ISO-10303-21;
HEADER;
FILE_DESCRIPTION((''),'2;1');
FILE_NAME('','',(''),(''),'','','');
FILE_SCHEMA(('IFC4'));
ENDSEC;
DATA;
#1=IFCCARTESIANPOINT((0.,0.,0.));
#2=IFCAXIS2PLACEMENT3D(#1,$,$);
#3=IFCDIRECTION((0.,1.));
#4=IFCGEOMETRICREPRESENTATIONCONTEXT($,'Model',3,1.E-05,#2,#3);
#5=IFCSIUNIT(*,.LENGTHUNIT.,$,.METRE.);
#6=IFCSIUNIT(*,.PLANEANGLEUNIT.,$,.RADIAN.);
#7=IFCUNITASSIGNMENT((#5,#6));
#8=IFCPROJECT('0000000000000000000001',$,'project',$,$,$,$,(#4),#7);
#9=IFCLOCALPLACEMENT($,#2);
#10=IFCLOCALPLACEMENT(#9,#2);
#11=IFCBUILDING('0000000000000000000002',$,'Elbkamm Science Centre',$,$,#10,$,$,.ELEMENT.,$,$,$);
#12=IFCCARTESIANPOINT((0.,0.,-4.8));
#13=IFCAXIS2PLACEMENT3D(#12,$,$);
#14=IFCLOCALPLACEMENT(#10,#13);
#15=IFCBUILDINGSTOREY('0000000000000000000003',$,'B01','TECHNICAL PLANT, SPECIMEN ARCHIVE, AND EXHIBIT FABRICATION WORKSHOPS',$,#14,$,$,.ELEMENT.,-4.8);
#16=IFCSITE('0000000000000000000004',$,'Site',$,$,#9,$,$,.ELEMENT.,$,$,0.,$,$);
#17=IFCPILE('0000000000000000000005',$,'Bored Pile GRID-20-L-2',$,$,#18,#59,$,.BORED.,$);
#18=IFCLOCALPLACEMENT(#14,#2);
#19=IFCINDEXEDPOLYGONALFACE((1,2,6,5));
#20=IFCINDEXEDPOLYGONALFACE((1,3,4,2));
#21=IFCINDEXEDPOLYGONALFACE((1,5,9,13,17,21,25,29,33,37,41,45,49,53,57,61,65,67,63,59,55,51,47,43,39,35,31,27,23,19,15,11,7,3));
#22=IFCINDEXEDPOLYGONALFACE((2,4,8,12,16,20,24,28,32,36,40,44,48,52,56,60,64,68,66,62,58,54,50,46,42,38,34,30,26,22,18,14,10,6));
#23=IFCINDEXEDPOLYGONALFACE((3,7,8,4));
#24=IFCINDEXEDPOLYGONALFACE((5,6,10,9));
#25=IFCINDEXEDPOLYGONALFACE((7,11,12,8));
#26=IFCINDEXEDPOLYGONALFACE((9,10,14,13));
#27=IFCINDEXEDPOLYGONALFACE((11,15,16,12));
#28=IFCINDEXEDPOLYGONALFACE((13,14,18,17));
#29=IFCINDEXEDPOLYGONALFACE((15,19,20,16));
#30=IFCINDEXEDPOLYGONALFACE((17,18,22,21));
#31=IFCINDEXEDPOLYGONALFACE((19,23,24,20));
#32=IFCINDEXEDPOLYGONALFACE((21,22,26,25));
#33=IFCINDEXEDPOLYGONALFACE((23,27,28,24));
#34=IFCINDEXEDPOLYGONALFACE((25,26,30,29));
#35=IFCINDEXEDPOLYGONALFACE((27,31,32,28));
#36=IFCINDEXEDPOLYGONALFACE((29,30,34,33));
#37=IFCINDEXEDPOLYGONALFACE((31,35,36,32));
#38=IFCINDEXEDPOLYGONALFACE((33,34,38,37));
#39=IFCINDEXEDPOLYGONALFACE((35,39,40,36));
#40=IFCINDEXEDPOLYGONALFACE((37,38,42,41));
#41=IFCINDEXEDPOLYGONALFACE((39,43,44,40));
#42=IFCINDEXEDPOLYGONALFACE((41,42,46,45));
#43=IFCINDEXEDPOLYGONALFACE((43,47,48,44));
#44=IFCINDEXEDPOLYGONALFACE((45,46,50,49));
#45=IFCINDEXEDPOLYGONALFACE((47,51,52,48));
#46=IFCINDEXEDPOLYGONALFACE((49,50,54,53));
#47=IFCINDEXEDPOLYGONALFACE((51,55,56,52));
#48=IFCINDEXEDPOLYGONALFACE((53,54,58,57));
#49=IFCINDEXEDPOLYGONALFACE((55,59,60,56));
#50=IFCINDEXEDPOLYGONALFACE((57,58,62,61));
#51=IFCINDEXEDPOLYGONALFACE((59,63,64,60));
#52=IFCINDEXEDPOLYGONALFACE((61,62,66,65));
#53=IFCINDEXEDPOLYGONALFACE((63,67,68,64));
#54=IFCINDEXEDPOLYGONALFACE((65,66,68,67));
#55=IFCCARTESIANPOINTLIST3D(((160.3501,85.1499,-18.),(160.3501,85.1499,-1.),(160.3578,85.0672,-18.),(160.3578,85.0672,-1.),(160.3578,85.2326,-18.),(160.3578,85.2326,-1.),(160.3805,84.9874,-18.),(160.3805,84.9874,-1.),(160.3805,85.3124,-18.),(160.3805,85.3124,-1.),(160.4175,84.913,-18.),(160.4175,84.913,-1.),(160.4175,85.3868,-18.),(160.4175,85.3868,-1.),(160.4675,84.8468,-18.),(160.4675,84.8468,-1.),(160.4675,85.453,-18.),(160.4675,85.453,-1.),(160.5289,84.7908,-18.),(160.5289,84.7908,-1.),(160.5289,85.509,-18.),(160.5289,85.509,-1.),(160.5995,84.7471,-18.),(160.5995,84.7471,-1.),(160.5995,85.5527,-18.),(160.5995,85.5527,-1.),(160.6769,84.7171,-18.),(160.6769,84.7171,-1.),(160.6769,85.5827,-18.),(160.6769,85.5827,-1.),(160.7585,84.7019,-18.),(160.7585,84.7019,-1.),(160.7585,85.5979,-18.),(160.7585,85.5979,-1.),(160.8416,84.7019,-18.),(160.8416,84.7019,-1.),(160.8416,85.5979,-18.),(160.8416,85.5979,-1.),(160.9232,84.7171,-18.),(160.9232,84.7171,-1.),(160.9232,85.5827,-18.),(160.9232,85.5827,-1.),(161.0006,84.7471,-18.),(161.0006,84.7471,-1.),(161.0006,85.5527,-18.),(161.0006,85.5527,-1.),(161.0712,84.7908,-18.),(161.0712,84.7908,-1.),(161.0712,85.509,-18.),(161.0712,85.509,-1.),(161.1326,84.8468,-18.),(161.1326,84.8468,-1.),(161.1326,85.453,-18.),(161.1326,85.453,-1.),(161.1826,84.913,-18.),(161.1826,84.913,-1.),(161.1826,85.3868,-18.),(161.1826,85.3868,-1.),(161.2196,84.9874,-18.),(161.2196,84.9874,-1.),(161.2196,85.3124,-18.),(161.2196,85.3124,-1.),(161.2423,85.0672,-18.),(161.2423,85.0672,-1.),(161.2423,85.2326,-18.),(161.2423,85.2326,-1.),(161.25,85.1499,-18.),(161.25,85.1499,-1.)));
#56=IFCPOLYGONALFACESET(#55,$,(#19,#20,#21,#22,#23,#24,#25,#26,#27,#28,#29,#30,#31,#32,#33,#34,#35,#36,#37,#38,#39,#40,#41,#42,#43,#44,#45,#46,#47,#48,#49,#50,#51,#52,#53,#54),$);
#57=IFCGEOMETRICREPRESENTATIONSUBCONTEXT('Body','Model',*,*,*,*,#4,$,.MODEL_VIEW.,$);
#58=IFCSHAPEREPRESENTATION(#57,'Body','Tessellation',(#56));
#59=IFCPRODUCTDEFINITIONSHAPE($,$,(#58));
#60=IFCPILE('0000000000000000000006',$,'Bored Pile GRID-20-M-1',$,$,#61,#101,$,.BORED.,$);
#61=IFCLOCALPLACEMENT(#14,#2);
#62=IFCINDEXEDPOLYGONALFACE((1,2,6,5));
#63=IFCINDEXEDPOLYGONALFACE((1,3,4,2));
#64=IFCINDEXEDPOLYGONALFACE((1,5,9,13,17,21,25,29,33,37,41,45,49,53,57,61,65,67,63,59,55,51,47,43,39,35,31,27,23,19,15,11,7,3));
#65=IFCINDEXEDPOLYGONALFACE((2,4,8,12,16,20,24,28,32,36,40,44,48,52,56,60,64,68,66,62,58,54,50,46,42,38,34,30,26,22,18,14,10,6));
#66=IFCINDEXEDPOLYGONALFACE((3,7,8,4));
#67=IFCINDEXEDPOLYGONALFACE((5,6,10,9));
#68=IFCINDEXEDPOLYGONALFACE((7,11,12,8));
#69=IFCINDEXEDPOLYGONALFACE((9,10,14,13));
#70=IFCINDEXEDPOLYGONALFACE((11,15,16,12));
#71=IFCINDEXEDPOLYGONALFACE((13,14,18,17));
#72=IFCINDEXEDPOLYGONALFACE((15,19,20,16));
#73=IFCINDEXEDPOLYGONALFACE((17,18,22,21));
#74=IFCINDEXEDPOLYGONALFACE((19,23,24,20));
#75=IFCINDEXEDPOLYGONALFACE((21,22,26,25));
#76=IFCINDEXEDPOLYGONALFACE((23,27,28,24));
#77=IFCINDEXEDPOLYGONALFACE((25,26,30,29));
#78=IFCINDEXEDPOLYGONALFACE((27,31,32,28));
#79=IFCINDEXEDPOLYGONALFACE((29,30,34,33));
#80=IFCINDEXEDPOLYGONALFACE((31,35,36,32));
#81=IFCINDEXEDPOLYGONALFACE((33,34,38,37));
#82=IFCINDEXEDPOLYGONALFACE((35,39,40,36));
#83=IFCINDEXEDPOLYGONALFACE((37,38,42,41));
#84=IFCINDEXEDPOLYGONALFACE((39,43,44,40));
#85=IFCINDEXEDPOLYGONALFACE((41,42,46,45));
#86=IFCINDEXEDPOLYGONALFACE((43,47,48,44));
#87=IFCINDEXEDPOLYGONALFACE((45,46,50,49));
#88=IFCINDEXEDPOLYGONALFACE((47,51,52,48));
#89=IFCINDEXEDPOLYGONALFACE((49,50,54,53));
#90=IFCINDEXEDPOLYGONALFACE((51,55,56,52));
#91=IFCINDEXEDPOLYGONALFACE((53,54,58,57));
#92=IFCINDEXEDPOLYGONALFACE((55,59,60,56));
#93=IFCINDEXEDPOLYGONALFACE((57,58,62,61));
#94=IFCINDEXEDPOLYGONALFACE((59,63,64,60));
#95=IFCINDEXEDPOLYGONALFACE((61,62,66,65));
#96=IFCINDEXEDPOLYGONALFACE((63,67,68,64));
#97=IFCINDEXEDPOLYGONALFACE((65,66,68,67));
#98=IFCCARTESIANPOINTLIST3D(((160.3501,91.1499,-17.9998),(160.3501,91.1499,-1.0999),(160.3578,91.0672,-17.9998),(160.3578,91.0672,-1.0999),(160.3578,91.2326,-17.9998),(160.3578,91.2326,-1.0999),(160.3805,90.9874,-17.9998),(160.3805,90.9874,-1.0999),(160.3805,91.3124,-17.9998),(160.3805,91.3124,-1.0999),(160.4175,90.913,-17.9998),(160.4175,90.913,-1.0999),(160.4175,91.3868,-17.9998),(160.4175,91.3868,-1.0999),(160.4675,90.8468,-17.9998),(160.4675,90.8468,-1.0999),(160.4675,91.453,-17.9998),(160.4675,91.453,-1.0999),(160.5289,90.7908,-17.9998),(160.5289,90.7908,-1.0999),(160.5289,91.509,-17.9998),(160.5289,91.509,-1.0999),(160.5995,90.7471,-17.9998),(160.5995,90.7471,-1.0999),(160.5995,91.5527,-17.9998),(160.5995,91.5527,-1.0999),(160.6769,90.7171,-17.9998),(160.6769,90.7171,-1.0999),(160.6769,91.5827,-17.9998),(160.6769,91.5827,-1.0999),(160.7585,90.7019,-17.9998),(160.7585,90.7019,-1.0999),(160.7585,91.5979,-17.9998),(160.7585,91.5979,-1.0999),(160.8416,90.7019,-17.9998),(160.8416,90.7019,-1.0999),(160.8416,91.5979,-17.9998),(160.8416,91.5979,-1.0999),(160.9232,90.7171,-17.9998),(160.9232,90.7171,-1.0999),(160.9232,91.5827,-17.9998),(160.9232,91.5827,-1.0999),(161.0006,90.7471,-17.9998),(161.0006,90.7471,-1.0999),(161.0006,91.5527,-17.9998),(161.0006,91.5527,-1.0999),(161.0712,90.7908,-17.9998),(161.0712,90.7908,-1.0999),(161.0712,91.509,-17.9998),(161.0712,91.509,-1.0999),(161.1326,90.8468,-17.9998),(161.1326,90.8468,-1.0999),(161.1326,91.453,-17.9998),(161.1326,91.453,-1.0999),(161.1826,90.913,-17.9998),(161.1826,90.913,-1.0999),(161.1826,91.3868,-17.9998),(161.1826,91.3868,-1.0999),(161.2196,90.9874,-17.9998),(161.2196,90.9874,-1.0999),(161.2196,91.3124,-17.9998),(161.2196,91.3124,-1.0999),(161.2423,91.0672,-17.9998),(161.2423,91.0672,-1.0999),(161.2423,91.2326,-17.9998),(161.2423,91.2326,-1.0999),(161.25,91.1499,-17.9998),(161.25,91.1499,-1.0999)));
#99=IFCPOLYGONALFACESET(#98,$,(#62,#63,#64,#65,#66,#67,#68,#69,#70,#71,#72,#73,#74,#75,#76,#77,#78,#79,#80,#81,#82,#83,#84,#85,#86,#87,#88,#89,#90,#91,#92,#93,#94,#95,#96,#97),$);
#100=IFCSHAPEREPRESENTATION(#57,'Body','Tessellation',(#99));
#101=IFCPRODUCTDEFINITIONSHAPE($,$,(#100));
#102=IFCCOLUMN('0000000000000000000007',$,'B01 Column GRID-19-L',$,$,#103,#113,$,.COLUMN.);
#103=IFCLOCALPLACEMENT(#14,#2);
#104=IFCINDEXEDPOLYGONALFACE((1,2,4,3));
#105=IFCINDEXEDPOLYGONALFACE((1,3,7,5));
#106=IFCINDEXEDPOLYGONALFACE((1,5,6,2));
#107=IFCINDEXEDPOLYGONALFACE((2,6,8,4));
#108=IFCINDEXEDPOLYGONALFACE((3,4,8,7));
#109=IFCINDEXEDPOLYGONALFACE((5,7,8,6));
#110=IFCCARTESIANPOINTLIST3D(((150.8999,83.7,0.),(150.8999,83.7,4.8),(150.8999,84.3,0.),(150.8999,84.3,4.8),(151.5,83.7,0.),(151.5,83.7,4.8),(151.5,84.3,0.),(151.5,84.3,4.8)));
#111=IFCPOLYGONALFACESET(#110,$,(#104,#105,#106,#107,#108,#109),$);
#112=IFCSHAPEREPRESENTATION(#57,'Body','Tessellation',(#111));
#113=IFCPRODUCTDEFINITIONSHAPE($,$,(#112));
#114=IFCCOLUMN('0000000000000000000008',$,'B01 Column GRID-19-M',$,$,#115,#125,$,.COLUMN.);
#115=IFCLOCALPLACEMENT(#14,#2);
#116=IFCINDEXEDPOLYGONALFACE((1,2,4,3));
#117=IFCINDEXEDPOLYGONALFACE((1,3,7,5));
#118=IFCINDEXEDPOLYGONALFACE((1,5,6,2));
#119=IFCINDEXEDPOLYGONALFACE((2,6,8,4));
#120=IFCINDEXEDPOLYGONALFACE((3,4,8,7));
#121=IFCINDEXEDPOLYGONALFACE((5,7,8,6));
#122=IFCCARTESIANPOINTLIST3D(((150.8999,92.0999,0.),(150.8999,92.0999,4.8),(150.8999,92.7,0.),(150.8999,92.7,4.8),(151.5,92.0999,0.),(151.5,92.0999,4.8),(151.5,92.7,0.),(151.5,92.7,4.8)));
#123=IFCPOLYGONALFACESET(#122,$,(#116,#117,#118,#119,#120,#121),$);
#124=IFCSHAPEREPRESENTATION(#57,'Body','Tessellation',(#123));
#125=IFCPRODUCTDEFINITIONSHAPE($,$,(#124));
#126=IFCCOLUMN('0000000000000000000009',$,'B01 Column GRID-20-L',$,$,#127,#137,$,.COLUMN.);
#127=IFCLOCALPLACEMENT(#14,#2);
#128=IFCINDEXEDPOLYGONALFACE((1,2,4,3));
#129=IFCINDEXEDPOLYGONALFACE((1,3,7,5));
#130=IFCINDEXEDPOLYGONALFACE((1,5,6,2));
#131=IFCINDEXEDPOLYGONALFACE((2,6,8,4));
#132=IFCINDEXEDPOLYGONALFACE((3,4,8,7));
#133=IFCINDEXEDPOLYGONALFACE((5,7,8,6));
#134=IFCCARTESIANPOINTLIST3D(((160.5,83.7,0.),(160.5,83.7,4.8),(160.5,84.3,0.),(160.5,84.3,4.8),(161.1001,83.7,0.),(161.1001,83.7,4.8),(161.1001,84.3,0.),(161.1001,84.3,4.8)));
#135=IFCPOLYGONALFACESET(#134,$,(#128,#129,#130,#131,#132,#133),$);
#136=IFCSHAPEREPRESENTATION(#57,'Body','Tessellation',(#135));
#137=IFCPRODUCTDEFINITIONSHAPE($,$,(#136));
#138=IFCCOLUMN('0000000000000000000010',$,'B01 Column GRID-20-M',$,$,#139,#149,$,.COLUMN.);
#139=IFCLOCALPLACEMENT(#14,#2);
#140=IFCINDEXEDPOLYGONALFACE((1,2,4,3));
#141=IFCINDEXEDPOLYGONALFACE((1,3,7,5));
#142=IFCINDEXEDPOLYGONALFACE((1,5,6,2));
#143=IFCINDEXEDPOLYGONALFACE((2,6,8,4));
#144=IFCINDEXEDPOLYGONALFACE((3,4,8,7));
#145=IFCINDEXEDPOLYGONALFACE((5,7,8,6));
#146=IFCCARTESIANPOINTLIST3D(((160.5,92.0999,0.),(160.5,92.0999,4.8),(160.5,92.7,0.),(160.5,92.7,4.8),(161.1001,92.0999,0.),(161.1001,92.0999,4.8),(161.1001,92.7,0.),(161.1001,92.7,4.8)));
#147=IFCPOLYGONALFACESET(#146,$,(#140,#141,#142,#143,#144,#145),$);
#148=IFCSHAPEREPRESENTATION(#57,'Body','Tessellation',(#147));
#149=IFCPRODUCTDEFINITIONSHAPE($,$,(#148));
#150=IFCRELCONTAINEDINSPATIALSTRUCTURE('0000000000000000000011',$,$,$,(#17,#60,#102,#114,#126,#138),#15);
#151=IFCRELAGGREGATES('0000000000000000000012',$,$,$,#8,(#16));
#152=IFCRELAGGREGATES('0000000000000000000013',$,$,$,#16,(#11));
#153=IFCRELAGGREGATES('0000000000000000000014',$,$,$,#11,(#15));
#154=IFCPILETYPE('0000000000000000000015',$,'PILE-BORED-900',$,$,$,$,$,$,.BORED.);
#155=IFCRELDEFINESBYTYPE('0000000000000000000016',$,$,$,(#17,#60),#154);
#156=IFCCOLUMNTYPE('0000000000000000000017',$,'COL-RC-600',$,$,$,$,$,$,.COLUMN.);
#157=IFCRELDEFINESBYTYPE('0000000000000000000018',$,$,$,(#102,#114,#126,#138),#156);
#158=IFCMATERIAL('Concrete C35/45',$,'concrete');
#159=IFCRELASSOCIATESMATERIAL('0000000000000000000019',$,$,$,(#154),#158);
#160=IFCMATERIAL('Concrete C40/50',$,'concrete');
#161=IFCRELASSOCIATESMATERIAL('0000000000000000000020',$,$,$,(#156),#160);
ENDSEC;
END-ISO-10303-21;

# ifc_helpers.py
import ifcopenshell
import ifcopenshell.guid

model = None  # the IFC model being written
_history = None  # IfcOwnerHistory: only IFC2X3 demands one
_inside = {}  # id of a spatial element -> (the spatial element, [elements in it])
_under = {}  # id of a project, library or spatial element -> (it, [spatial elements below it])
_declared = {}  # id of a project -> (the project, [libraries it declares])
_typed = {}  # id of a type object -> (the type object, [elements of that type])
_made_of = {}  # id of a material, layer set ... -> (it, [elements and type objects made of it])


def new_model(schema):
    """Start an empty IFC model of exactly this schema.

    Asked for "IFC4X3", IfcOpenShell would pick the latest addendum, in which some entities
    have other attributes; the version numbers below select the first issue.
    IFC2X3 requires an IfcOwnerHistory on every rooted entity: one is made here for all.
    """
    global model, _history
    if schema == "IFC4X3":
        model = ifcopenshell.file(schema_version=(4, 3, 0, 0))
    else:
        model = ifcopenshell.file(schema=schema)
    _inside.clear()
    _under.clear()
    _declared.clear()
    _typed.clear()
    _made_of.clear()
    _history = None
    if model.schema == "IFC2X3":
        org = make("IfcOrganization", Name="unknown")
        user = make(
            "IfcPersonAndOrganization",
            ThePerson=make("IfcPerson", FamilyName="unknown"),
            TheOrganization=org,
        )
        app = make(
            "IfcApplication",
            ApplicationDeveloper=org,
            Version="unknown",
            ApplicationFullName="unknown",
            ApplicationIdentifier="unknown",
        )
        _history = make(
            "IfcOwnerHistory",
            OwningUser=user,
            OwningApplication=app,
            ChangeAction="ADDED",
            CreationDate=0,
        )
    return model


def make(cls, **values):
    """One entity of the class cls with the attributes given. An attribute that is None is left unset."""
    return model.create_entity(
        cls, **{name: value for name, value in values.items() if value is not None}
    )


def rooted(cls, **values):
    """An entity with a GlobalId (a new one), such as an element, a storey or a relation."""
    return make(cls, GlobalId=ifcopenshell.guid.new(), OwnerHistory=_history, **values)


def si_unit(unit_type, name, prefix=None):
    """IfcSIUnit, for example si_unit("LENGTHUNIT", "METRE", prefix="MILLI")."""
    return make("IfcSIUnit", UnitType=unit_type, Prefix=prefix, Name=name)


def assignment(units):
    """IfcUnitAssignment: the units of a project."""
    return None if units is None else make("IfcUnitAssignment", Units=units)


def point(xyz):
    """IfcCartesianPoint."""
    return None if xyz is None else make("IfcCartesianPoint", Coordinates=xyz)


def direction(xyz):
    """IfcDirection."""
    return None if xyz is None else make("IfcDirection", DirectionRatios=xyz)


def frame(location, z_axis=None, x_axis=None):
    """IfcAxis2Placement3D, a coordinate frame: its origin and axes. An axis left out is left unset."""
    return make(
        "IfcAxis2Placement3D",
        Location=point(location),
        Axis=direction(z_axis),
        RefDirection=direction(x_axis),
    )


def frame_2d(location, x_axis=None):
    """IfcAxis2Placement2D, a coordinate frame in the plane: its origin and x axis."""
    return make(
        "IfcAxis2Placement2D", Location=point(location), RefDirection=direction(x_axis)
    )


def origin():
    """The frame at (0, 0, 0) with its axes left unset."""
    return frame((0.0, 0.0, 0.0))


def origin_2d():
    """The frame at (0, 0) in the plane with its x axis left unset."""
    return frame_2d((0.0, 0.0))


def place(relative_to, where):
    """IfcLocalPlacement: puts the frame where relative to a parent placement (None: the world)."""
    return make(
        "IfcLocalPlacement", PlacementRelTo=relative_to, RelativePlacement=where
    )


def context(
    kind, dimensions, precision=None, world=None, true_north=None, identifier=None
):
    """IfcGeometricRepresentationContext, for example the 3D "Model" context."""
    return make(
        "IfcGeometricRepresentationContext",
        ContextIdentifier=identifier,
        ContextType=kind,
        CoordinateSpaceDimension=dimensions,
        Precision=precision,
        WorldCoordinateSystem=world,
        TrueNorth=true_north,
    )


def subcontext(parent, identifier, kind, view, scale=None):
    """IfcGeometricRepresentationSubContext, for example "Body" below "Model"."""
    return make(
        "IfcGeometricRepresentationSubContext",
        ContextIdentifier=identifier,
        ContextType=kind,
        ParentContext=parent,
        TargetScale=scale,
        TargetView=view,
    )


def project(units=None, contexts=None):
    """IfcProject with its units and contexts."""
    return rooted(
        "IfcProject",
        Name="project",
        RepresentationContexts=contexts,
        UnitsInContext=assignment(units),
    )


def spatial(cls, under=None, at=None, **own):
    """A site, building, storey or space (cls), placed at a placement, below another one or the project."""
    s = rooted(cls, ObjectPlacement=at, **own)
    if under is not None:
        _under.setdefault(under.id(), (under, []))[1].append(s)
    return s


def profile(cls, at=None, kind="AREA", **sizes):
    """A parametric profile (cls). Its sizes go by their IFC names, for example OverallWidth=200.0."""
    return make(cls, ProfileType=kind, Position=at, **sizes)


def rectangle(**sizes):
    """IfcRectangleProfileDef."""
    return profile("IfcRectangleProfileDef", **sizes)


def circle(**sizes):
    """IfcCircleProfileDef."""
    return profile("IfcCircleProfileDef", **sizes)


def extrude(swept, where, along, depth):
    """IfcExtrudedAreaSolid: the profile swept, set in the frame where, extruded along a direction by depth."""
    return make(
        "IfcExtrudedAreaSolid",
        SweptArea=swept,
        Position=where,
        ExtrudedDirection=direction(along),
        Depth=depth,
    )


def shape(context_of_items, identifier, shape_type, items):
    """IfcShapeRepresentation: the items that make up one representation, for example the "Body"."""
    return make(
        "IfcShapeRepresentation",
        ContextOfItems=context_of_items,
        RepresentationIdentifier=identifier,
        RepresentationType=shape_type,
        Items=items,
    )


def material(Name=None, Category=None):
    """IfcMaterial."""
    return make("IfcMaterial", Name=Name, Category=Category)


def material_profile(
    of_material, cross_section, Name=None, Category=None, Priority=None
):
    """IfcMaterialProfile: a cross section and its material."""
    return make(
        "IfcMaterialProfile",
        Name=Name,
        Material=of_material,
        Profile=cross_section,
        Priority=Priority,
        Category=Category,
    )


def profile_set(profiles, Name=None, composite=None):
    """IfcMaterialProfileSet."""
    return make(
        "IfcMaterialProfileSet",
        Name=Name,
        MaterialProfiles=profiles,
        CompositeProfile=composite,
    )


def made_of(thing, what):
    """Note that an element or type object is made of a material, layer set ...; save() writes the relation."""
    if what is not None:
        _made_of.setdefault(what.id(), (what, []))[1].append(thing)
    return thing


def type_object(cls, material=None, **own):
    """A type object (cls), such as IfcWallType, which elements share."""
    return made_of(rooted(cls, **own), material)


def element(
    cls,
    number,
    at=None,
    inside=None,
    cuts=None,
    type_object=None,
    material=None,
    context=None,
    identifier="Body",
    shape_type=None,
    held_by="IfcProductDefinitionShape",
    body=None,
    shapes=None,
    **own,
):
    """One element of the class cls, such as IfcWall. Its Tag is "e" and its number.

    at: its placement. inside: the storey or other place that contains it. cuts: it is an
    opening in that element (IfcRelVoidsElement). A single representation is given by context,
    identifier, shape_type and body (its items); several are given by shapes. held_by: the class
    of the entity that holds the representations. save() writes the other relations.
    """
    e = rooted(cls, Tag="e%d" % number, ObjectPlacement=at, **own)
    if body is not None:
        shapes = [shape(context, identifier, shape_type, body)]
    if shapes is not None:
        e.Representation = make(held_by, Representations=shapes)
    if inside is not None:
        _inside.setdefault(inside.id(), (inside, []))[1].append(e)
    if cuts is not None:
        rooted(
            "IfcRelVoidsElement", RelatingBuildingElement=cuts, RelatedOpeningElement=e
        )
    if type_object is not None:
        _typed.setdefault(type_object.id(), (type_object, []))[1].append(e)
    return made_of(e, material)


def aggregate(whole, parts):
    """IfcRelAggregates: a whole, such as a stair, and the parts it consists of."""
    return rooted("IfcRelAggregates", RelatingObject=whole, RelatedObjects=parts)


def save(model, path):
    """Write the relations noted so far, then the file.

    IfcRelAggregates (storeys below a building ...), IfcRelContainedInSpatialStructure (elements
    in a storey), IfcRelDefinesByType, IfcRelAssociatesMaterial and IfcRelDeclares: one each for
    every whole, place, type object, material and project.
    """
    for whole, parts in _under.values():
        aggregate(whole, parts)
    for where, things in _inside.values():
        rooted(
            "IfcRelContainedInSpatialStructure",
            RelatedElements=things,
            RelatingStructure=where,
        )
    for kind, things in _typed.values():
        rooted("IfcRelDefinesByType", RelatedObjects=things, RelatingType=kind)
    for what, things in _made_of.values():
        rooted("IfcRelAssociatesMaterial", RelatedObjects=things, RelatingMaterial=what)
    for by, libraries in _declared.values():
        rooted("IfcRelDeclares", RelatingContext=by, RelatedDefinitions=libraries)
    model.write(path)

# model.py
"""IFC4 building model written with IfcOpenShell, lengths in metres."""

from ifc_helpers import new_model, si_unit, direction, frame, origin, origin_2d, place, context, subcontext, project, spatial, rectangle, circle, extrude, material, material_profile, profile_set, type_object, element, save


model = new_model("IFC4")

# Units and contexts
model_context = context("Model", 3, precision=1e-05, world=origin(), true_north=direction((0.0, 1.0)))
body_context = subcontext(model_context, "Body", "Model", "MODEL_VIEW")
ifc_project = project(units=[si_unit("LENGTHUNIT", "METRE"), si_unit("PLANEANGLEUNIT", "RADIAN")], contexts=[model_context])

# Site, building, storey
site_placement = place(None, origin())
site = spatial("IfcSite", under=ifc_project, at=site_placement, Name="Site", CompositionType="ELEMENT", RefElevation=0.0)
building_placement = place(site_placement, origin())
building = spatial("IfcBuilding", under=site, at=building_placement, Name="Elbkamm Science Centre", CompositionType="ELEMENT")
storey_placement = place(building_placement, frame((0.0, 0.0, -4.8)))
storey = spatial("IfcBuildingStorey", under=building, at=storey_placement, Name="B01", Description="TECHNICAL PLANT, SPECIMEN ARCHIVE, AND EXHIBIT FABRICATION WORKSHOPS", CompositionType="ELEMENT", Elevation=-4.8)

# Shared definitions
ifc_material_1 = material(Name="Concrete C35/45", Category="concrete")

# Piles
ifc_material_profile_1 = material_profile(ifc_material_1, circle(Radius=0.45, at=origin_2d()), Name="PILE D900")
ifc_profile_set_1 = profile_set([ifc_material_profile_1], Name="Concrete C35/45")
pile_type = type_object("IfcPileType", Name="PILE-BORED-900", PredefinedType="BORED", material=ifc_profile_set_1)
for number, where, z_axis, x_axis, name in (
    (1, (160.8, 85.1499, -1.0), (0.0, 0.0, -1.0), (1.0, 0.0, 0.0), "Bored Pile GRID-20-L-2"),
):
    element("IfcPile", number, at=place(storey_placement, frame(where, z_axis=z_axis, x_axis=x_axis)), inside=storey, type_object=pile_type, Name=name, PredefinedType="BORED", context=body_context, shape_type="SweptSolid", body=[
        extrude(circle(Radius=0.45, at=origin_2d()), origin(), (0.0, 0.0, 1.0), 17.0),
    ])
pile_placement = place(storey_placement, frame((160.8, 91.1499, -1.0999), z_axis=(0.0, 0.0, -1.0), x_axis=(1.0, 0.0, 0.0)))
element("IfcPile", 2, at=pile_placement, inside=storey, type_object=pile_type, Name="Bored Pile GRID-20-M-1", PredefinedType="BORED", context=body_context, shape_type="SweptSolid", body=[
    extrude(circle(Radius=0.45, at=origin_2d()), origin(), (0.0, 0.0, 1.0), 16.8999),
])

# Columns
ifc_material_2 = material(Name="Concrete C40/50", Category="concrete")
ifc_material_profile_2 = material_profile(ifc_material_2, rectangle(XDim=0.6001, YDim=0.6001, at=origin_2d()), Name="RC 600x600")
ifc_profile_set_2 = profile_set([ifc_material_profile_2], Name="Concrete C40/50")
column_type = type_object("IfcColumnType", Name="COL-RC-600", PredefinedType="COLUMN", material=ifc_profile_set_2)
for number, where, z_axis, x_axis, name in (
    (3, (151.2, 84.0, 0.0), (0.0, 0.0, 1.0), (1.0, 0.0, 0.0), "B01 Column GRID-19-L"),
    (4, (151.2, 92.3999, 0.0), (0.0, 0.0, 1.0), (1.0, 0.0, 0.0), "B01 Column GRID-19-M"),
    (5, (160.8, 84.0, 0.0), (0.0, 0.0, 1.0), (1.0, 0.0, 0.0), "B01 Column GRID-20-L"),
    (6, (160.8, 92.3999, 0.0), (0.0, 0.0, 1.0), (1.0, 0.0, 0.0), "B01 Column GRID-20-M"),
):
    element("IfcColumn", number, at=place(storey_placement, frame(where, z_axis=z_axis, x_axis=x_axis)), inside=storey, type_object=column_type, Name=name, PredefinedType="COLUMN", context=body_context, shape_type="SweptSolid", body=[
        extrude(rectangle(XDim=0.6001, YDim=0.6001, at=origin_2d()), origin(), (0.0, 0.0, 1.0), 4.8),
    ])

save(model, "model.ifc")
